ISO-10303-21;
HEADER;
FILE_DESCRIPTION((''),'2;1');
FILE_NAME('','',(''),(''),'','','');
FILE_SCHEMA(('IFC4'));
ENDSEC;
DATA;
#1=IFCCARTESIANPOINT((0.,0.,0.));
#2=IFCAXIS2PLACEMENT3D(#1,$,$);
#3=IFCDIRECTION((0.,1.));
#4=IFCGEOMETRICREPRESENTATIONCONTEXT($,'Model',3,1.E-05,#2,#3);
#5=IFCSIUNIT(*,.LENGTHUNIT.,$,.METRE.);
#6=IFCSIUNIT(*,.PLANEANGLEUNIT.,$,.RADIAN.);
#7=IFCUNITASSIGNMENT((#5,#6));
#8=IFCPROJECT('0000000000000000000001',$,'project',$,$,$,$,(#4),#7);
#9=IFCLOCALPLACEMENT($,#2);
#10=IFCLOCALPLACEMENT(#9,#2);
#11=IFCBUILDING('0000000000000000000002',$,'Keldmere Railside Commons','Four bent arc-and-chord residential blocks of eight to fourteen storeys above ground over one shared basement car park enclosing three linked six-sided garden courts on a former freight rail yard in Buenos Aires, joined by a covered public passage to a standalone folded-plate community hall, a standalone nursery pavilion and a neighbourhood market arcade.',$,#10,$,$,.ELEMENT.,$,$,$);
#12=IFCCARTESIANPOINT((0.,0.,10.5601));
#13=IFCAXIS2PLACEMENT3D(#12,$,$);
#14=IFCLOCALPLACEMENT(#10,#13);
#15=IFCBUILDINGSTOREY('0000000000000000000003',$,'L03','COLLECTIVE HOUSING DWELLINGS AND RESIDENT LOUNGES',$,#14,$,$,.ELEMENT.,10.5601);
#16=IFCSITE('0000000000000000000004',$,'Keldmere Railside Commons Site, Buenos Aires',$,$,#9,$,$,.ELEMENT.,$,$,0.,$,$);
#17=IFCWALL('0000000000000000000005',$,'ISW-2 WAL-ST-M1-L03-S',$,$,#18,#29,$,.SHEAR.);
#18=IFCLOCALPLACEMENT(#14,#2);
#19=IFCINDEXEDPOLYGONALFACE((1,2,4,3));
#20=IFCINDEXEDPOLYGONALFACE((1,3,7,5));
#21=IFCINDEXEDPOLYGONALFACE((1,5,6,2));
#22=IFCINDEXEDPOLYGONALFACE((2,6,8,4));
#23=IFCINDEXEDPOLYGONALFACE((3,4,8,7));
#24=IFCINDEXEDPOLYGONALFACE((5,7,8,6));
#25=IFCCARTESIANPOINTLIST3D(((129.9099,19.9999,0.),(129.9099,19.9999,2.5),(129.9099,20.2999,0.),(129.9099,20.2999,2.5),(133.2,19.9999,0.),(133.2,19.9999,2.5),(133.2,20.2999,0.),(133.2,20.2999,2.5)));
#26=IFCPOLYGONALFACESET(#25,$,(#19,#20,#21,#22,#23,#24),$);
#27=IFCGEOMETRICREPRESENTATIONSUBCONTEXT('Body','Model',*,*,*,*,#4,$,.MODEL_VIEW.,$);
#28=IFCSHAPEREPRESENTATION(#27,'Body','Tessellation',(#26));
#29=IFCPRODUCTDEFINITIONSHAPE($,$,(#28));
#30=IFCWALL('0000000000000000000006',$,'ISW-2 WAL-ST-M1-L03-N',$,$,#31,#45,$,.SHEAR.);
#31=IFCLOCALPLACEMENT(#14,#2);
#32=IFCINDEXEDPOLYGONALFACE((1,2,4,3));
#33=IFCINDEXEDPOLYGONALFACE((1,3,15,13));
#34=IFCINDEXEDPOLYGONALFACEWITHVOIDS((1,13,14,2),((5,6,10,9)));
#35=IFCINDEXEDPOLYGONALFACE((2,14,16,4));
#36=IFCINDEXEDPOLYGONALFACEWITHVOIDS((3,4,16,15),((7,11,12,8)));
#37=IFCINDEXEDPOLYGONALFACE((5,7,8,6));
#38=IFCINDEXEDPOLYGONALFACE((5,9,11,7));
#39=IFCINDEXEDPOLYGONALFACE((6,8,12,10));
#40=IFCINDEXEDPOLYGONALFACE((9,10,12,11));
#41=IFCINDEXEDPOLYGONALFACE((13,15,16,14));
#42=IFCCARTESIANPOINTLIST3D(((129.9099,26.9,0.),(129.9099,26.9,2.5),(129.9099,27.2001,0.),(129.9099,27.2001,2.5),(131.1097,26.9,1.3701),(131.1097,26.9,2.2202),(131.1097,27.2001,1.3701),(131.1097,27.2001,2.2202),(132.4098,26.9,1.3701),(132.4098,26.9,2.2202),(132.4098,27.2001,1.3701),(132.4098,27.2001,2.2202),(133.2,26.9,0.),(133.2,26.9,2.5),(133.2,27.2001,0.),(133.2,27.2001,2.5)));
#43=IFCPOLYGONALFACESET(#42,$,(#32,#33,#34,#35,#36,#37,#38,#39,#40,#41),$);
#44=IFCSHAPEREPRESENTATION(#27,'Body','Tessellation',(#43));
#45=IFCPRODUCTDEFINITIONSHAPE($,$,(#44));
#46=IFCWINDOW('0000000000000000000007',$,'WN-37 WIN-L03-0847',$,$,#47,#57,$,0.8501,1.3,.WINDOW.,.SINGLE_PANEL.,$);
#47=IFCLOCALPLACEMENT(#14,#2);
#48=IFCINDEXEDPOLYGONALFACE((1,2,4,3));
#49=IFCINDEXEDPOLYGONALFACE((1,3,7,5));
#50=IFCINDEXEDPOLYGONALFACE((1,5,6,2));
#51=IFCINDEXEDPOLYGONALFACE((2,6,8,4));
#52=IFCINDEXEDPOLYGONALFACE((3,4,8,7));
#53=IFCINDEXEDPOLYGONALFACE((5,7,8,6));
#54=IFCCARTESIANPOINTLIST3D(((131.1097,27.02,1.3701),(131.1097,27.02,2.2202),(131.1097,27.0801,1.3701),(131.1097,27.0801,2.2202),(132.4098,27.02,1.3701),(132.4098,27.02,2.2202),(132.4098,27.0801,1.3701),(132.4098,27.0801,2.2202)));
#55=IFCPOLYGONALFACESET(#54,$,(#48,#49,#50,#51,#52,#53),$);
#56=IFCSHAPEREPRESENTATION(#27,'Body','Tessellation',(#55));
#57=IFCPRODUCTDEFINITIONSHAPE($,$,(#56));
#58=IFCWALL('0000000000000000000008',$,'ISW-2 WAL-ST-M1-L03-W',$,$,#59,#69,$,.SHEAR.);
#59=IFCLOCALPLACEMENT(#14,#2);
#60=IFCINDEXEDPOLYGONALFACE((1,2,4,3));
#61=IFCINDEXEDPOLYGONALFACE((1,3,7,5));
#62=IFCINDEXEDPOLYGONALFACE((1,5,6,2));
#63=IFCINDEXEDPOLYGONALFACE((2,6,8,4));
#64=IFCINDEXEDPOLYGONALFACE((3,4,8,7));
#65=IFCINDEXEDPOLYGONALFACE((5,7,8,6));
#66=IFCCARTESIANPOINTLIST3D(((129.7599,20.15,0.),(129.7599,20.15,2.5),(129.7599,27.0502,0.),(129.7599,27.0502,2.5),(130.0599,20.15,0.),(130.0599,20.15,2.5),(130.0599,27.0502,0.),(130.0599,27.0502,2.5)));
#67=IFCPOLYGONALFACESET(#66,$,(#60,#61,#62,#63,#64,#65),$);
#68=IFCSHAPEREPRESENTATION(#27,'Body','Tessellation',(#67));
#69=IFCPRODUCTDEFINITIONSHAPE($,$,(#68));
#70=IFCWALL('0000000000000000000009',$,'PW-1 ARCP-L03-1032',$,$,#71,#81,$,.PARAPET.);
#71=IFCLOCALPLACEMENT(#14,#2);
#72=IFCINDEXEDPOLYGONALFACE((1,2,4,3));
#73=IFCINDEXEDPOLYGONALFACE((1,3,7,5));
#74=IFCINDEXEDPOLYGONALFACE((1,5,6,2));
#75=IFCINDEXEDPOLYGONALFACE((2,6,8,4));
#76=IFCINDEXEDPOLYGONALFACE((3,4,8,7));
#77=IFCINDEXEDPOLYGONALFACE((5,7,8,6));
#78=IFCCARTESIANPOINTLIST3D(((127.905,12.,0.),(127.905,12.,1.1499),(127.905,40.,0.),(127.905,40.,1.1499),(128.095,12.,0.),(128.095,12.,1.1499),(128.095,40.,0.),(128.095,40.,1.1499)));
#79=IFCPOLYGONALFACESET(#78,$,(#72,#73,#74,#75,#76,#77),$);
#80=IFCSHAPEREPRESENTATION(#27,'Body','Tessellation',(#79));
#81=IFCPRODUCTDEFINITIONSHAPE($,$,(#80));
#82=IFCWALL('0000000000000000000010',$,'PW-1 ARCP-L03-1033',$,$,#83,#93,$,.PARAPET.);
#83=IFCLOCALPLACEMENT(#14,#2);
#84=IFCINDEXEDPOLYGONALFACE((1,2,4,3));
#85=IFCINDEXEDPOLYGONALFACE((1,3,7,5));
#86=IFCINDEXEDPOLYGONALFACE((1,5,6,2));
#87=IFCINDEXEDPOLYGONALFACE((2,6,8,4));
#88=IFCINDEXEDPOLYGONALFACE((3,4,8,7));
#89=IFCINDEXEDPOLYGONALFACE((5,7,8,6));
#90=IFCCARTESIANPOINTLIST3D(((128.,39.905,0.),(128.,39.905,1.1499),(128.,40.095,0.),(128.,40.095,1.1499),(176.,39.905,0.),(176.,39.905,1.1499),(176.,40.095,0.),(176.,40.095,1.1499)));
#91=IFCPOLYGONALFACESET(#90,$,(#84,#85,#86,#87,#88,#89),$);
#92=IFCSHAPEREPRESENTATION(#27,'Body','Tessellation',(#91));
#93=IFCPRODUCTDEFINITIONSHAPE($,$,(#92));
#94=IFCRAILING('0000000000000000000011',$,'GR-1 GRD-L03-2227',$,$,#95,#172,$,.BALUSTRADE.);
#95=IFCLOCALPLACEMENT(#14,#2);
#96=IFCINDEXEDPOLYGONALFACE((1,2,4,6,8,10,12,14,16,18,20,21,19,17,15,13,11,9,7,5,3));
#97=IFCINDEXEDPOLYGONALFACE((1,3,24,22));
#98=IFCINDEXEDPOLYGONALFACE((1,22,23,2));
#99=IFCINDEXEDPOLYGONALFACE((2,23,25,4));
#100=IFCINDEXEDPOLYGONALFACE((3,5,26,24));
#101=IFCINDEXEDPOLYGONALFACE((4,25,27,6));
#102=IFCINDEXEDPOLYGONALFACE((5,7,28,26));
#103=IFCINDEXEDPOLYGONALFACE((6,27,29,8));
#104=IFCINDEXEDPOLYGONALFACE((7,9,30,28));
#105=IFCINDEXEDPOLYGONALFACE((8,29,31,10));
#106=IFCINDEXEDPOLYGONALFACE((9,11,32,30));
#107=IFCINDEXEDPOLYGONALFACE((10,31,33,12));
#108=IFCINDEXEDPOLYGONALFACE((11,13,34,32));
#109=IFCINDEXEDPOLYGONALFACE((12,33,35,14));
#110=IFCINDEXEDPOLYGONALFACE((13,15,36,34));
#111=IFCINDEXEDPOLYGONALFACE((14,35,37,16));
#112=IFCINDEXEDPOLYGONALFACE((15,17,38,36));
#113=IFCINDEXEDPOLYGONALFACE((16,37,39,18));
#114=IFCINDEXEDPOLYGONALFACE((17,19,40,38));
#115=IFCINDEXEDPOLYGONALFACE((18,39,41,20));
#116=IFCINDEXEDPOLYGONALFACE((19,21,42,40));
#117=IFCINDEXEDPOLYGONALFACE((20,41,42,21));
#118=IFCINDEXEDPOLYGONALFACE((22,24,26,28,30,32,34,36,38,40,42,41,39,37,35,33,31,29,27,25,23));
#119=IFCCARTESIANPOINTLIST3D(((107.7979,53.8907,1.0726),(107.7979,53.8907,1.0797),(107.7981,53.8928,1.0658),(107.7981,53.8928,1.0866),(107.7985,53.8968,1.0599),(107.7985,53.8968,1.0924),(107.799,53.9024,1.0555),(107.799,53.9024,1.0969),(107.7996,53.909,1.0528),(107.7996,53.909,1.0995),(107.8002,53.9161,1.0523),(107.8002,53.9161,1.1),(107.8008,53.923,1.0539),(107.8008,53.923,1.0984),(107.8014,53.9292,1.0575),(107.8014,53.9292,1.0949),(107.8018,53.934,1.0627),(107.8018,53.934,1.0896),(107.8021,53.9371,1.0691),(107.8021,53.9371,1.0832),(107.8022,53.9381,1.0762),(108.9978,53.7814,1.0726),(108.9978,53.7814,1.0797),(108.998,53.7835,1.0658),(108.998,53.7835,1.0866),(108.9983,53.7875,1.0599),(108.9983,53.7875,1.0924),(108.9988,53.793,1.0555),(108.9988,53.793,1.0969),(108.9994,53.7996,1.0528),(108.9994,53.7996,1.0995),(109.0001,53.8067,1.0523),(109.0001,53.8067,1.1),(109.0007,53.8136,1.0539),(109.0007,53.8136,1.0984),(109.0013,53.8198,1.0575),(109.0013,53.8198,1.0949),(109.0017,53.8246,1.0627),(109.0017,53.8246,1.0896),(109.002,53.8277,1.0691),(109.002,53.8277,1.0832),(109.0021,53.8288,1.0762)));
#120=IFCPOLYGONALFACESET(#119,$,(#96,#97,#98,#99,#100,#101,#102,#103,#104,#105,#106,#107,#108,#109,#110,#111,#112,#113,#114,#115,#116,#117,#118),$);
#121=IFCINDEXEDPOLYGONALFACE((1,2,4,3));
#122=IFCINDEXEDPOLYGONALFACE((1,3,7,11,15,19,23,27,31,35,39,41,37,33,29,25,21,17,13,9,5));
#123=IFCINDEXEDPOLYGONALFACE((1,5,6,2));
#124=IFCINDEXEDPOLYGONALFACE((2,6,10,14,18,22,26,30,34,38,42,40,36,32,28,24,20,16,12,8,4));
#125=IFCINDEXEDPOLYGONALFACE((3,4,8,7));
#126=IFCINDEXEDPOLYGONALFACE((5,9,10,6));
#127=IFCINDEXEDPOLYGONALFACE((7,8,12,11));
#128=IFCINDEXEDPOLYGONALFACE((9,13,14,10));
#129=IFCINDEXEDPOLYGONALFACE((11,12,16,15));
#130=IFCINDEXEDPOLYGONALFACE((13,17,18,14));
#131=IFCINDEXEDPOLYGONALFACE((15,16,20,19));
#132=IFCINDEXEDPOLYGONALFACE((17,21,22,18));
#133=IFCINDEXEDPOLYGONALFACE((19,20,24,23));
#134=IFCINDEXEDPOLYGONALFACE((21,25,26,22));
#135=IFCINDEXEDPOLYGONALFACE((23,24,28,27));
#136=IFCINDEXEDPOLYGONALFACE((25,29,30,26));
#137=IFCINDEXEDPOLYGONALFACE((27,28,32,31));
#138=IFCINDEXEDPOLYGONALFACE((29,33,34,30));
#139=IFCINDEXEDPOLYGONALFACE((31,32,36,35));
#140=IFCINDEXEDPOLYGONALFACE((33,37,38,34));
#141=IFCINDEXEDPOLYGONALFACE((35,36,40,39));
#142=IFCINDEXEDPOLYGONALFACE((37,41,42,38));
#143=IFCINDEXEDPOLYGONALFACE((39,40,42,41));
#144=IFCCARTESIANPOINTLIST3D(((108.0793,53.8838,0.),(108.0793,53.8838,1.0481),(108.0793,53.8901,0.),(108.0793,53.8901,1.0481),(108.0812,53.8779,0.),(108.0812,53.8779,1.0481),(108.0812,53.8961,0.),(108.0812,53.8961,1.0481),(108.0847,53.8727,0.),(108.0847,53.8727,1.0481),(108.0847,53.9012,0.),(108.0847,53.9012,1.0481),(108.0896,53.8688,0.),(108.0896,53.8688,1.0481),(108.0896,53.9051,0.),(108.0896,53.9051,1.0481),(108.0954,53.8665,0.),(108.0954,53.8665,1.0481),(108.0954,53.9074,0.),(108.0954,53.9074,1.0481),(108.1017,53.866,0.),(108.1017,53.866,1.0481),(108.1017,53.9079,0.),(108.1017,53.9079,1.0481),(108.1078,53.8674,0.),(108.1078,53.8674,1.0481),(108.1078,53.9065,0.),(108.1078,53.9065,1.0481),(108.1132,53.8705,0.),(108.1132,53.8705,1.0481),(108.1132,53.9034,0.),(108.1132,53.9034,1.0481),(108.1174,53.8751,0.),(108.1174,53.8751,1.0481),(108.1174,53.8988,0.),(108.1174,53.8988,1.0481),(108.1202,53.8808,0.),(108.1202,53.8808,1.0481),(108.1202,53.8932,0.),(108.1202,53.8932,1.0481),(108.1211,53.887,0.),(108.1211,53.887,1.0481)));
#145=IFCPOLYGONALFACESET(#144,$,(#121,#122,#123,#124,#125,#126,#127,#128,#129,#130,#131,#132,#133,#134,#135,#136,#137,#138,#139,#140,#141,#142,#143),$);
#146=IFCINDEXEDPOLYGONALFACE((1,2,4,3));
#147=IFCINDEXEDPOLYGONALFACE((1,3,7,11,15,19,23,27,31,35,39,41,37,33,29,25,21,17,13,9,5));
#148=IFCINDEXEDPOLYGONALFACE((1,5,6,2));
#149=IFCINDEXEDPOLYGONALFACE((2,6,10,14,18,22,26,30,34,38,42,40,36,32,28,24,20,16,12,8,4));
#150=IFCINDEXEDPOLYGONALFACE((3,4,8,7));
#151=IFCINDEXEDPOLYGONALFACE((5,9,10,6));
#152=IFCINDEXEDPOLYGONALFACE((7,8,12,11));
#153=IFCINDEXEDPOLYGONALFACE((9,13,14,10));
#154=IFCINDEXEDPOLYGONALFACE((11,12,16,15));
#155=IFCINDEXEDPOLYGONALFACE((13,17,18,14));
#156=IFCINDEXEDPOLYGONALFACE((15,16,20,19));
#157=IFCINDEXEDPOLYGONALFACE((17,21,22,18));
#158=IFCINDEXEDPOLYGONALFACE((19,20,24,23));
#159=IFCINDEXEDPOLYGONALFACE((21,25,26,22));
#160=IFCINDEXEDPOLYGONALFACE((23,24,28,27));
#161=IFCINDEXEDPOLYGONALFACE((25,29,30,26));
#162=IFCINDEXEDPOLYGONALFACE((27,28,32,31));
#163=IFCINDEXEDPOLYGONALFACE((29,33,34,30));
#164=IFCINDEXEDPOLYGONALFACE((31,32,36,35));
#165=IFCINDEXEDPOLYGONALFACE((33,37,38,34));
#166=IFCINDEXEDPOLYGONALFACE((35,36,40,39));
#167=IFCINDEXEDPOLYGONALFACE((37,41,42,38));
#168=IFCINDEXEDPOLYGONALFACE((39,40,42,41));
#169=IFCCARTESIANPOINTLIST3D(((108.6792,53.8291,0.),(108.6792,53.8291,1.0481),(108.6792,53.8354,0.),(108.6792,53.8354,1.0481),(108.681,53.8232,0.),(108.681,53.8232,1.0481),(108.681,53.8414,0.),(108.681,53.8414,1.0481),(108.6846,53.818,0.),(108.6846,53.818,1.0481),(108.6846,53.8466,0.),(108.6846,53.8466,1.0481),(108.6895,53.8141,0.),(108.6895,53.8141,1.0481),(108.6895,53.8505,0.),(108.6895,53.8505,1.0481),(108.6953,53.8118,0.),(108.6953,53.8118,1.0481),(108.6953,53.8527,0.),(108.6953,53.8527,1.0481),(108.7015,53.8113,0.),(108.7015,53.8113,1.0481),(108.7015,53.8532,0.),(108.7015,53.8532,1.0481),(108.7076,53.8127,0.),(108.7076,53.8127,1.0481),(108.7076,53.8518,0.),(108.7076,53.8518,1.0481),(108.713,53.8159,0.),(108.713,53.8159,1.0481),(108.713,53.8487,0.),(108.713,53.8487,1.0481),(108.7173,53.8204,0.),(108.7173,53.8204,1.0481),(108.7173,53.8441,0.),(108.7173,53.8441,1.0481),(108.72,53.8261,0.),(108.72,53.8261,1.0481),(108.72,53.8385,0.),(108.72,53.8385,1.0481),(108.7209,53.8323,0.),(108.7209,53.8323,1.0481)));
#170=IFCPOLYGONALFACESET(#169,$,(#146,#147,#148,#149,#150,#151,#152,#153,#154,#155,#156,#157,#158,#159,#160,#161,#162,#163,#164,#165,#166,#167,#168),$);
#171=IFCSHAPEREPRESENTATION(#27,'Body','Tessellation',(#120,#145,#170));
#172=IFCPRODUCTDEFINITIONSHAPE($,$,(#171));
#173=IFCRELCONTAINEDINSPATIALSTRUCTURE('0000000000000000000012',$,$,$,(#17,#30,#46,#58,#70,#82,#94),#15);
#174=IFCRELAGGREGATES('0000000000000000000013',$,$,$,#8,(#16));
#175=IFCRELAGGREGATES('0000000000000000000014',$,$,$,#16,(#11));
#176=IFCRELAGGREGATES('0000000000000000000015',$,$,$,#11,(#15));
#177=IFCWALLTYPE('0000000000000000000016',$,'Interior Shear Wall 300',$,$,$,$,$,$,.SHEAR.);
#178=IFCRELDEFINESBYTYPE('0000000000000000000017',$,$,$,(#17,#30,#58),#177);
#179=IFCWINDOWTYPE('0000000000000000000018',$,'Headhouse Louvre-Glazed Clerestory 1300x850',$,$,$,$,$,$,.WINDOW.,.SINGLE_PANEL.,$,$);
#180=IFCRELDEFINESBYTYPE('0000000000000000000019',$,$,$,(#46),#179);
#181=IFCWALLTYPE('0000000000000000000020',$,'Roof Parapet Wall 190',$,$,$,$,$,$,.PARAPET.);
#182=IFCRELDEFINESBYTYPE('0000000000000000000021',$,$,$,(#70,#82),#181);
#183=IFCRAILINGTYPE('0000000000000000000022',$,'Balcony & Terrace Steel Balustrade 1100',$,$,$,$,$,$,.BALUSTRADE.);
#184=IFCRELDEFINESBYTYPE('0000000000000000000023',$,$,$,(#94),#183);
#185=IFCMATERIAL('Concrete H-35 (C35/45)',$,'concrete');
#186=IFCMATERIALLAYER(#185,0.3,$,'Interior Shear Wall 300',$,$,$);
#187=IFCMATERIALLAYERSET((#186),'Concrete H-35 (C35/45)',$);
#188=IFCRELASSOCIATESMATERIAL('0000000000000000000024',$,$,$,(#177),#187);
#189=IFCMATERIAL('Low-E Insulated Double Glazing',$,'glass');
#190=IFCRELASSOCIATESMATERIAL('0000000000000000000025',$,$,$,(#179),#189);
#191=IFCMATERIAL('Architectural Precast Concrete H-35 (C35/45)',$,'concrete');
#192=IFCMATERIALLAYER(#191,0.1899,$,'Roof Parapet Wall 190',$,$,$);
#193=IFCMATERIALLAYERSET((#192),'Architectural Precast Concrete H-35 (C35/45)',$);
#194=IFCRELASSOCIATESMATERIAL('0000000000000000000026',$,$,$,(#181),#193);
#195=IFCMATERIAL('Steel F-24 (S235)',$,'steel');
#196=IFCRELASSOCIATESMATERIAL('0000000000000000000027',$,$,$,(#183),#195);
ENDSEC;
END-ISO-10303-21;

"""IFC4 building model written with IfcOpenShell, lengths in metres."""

from ifc_helpers import new_model, si_unit, direction, frame, frame_2d, origin, origin_2d, place, context, subcontext, project, spatial, rectangle, circle, extrude, material, layer, layer_set, type_object, element, fill, save


model = new_model("IFC4")

# Units and contexts
model_context = context("Model", 3, precision=1e-05, world=origin(), true_north=direction((0.0, 1.0)))
body_context = subcontext(model_context, "Body", "Model", "MODEL_VIEW")
ifc_project = project(units=[si_unit("LENGTHUNIT", "METRE"), si_unit("PLANEANGLEUNIT", "RADIAN")], contexts=[model_context])

# Site, building, storey
site_placement = place(None, origin())
site = spatial("IfcSite", under=ifc_project, at=site_placement, Name="Keldmere Railside Commons Site, Buenos Aires", CompositionType="ELEMENT", RefElevation=0.0)
building_placement = place(site_placement, origin())
building = spatial("IfcBuilding", under=site, at=building_placement, Name="Keldmere Railside Commons", Description="Four bent arc-and-chord residential blocks of eight to fourteen storeys above ground over one shared basement car park enclosing three linked six-sided garden courts on a former freight rail yard in Buenos Aires, joined by a covered public passage to a standalone folded-plate community hall, a standalone nursery pavilion and a neighbourhood market arcade.", CompositionType="ELEMENT")
storey_placement = place(building_placement, frame((0.0, 0.0, 10.5601)))
storey = spatial("IfcBuildingStorey", under=building, at=storey_placement, Name="L03", Description="COLLECTIVE HOUSING DWELLINGS AND RESIDENT LOUNGES", CompositionType="ELEMENT", Elevation=10.5601)

# Wall
ifc_material_1 = material(Name="Concrete H-35 (C35/45)", Category="concrete")
ifc_layer_1 = layer(ifc_material_1, 0.3, Name="Interior Shear Wall 300")
ifc_layer_set_1 = layer_set([ifc_layer_1], Name="Concrete H-35 (C35/45)")
wall_type_1 = type_object("IfcWallType", Name="Interior Shear Wall 300", PredefinedType="SHEAR", material=ifc_layer_set_1)
wall_1_placement = place(storey_placement, frame((133.2, 20.1499, 0.0), z_axis=(0.0, 0.0, 1.0), x_axis=(-1.0, 0.0, 0.0)))
element("IfcWall", 1, at=wall_1_placement, inside=storey, type_object=wall_type_1, Name="ISW-2 WAL-ST-M1-L03-S", PredefinedType="SHEAR", context=body_context, shape_type="SweptSolid", body=[
    extrude(rectangle(XDim=3.29, YDim=0.3, at=frame_2d((1.645, 0.0))), origin(), (0.0, 0.0, 1.0), 2.5),
])

# Wall, opening, window
wall_2_placement = place(storey_placement, frame((129.9099, 27.05, 0.0), z_axis=(0.0, 0.0, 1.0), x_axis=(1.0, 0.0, 0.0)))
wall_2 = element("IfcWall", 2, at=wall_2_placement, inside=storey, type_object=wall_type_1, Name="ISW-2 WAL-ST-M1-L03-N", PredefinedType="SHEAR", context=body_context, shape_type="SweptSolid", body=[
    extrude(rectangle(XDim=3.29, YDim=0.3, at=frame_2d((1.645, 0.0))), origin(), (0.0, 0.0, 1.0), 2.5),
])
opening_placement = place(wall_2_placement, frame((1.2, 0.0, 1.3701)))
opening = element("IfcOpeningElement", 3, at=opening_placement, cuts=wall_2, PredefinedType="OPENING", context=body_context, shape_type="SweptSolid", body=[
    extrude(rectangle(XDim=1.3, YDim=0.8501, at=frame_2d((0.6499, 0.425))), frame((0.0, 0.1599, 0.0), z_axis=(0.0, -1.0, 0.0), x_axis=(1.0, 0.0, 0.0)), (0.0, 0.0, 1.0), 0.3201),
])
ifc_material_2 = material(Name="Low-E Insulated Double Glazing", Category="glass")
window_type = type_object("IfcWindowType", Name="Headhouse Louvre-Glazed Clerestory 1300x850", PartitioningType="SINGLE_PANEL", PredefinedType="WINDOW", material=ifc_material_2)
window_placement = place(opening_placement, origin())
window = element("IfcWindow", 4, at=window_placement, inside=storey, type_object=window_type, Name="WN-37 WIN-L03-0847", OverallHeight=0.8501, OverallWidth=1.3, PartitioningType="SINGLE_PANEL", PredefinedType="WINDOW", context=body_context, shape_type="SweptSolid", body=[
    extrude(rectangle(XDim=1.3, YDim=0.8501, at=frame_2d((0.6499, 0.425))), frame((0.0, 0.03, 0.0), z_axis=(0.0, -1.0, 0.0), x_axis=(1.0, 0.0, 0.0)), (0.0, 0.0, 1.0), 0.0601),
])
fill(opening, window)

# Walls
wall_3_placement = place(storey_placement, frame((129.9099, 20.1499, 0.0), z_axis=(0.0, 0.0, 1.0), x_axis=(0.0, 1.0, 0.0)))
element("IfcWall", 5, at=wall_3_placement, inside=storey, type_object=wall_type_1, Name="ISW-2 WAL-ST-M1-L03-W", PredefinedType="SHEAR", context=body_context, shape_type="SweptSolid", body=[
    extrude(rectangle(XDim=6.9001, YDim=0.3, at=frame_2d((3.4502, 0.0))), origin(), (0.0, 0.0, 1.0), 2.5),
])
ifc_material_3 = material(Name="Architectural Precast Concrete H-35 (C35/45)", Category="concrete")
ifc_layer_2 = layer(ifc_material_3, 0.1899, Name="Roof Parapet Wall 190")
ifc_layer_set_2 = layer_set([ifc_layer_2], Name="Architectural Precast Concrete H-35 (C35/45)")
wall_type_2 = type_object("IfcWallType", Name="Roof Parapet Wall 190", PredefinedType="PARAPET", material=ifc_layer_set_2)
wall_4_placement = place(storey_placement, frame((128.0, 12.0, 0.0), z_axis=(0.0, 0.0, 1.0), x_axis=(0.0, 1.0, 0.0)))
element("IfcWall", 6, at=wall_4_placement, inside=storey, type_object=wall_type_2, Name="PW-1 ARCP-L03-1032", PredefinedType="PARAPET", context=body_context, shape_type="SweptSolid", body=[
    extrude(rectangle(XDim=28.0, YDim=0.1899, at=frame_2d((14.0, 0.0))), origin(), (0.0, 0.0, 1.0), 1.1499),
])
wall_5_placement = place(storey_placement, frame((128.0, 40.0, 0.0), z_axis=(0.0, 0.0, 1.0), x_axis=(1.0, 0.0, 0.0)))
element("IfcWall", 7, at=wall_5_placement, inside=storey, type_object=wall_type_2, Name="PW-1 ARCP-L03-1033", PredefinedType="PARAPET", context=body_context, shape_type="SweptSolid", body=[
    extrude(rectangle(XDim=48.0, YDim=0.1899, at=frame_2d((24.0, 0.0))), origin(), (0.0, 0.0, 1.0), 1.1499),
])

# Railing
ifc_material_4 = material(Name="Steel F-24 (S235)", Category="steel")
railing_type_1 = type_object("IfcRailingType", Name="Balcony & Terrace Steel Balustrade 1100", PredefinedType="BALUSTRADE", material=ifc_material_4)
railing_1_placement = place(storey_placement, frame((107.8, 53.9143, 0.0)))
element("IfcRailing", 8, at=railing_1_placement, inside=storey, type_object=railing_type_1, Name="GR-1 GRD-L03-2227", PredefinedType="BALUSTRADE", context=body_context, shape_type="SweptSolid", body=[
    extrude(circle(Radius=0.0239, at=origin_2d()), frame((0.0, 0.0, 1.0762), z_axis=(0.995872, -0.090773, 0.0), x_axis=(0.090773, 0.995872, 0.0)), (0.0, 0.0, 1.0), 1.2048),
    extrude(circle(Radius=0.021, at=origin_2d()), frame((0.3, -0.0273, 0.0)), (0.0, 0.0, 1.0), 1.0481),
    extrude(circle(Radius=0.021, at=origin_2d()), frame((0.8999, -0.082, 0.0)), (0.0, 0.0, 1.0), 1.0481),
])

save(model, "model.ifc")
